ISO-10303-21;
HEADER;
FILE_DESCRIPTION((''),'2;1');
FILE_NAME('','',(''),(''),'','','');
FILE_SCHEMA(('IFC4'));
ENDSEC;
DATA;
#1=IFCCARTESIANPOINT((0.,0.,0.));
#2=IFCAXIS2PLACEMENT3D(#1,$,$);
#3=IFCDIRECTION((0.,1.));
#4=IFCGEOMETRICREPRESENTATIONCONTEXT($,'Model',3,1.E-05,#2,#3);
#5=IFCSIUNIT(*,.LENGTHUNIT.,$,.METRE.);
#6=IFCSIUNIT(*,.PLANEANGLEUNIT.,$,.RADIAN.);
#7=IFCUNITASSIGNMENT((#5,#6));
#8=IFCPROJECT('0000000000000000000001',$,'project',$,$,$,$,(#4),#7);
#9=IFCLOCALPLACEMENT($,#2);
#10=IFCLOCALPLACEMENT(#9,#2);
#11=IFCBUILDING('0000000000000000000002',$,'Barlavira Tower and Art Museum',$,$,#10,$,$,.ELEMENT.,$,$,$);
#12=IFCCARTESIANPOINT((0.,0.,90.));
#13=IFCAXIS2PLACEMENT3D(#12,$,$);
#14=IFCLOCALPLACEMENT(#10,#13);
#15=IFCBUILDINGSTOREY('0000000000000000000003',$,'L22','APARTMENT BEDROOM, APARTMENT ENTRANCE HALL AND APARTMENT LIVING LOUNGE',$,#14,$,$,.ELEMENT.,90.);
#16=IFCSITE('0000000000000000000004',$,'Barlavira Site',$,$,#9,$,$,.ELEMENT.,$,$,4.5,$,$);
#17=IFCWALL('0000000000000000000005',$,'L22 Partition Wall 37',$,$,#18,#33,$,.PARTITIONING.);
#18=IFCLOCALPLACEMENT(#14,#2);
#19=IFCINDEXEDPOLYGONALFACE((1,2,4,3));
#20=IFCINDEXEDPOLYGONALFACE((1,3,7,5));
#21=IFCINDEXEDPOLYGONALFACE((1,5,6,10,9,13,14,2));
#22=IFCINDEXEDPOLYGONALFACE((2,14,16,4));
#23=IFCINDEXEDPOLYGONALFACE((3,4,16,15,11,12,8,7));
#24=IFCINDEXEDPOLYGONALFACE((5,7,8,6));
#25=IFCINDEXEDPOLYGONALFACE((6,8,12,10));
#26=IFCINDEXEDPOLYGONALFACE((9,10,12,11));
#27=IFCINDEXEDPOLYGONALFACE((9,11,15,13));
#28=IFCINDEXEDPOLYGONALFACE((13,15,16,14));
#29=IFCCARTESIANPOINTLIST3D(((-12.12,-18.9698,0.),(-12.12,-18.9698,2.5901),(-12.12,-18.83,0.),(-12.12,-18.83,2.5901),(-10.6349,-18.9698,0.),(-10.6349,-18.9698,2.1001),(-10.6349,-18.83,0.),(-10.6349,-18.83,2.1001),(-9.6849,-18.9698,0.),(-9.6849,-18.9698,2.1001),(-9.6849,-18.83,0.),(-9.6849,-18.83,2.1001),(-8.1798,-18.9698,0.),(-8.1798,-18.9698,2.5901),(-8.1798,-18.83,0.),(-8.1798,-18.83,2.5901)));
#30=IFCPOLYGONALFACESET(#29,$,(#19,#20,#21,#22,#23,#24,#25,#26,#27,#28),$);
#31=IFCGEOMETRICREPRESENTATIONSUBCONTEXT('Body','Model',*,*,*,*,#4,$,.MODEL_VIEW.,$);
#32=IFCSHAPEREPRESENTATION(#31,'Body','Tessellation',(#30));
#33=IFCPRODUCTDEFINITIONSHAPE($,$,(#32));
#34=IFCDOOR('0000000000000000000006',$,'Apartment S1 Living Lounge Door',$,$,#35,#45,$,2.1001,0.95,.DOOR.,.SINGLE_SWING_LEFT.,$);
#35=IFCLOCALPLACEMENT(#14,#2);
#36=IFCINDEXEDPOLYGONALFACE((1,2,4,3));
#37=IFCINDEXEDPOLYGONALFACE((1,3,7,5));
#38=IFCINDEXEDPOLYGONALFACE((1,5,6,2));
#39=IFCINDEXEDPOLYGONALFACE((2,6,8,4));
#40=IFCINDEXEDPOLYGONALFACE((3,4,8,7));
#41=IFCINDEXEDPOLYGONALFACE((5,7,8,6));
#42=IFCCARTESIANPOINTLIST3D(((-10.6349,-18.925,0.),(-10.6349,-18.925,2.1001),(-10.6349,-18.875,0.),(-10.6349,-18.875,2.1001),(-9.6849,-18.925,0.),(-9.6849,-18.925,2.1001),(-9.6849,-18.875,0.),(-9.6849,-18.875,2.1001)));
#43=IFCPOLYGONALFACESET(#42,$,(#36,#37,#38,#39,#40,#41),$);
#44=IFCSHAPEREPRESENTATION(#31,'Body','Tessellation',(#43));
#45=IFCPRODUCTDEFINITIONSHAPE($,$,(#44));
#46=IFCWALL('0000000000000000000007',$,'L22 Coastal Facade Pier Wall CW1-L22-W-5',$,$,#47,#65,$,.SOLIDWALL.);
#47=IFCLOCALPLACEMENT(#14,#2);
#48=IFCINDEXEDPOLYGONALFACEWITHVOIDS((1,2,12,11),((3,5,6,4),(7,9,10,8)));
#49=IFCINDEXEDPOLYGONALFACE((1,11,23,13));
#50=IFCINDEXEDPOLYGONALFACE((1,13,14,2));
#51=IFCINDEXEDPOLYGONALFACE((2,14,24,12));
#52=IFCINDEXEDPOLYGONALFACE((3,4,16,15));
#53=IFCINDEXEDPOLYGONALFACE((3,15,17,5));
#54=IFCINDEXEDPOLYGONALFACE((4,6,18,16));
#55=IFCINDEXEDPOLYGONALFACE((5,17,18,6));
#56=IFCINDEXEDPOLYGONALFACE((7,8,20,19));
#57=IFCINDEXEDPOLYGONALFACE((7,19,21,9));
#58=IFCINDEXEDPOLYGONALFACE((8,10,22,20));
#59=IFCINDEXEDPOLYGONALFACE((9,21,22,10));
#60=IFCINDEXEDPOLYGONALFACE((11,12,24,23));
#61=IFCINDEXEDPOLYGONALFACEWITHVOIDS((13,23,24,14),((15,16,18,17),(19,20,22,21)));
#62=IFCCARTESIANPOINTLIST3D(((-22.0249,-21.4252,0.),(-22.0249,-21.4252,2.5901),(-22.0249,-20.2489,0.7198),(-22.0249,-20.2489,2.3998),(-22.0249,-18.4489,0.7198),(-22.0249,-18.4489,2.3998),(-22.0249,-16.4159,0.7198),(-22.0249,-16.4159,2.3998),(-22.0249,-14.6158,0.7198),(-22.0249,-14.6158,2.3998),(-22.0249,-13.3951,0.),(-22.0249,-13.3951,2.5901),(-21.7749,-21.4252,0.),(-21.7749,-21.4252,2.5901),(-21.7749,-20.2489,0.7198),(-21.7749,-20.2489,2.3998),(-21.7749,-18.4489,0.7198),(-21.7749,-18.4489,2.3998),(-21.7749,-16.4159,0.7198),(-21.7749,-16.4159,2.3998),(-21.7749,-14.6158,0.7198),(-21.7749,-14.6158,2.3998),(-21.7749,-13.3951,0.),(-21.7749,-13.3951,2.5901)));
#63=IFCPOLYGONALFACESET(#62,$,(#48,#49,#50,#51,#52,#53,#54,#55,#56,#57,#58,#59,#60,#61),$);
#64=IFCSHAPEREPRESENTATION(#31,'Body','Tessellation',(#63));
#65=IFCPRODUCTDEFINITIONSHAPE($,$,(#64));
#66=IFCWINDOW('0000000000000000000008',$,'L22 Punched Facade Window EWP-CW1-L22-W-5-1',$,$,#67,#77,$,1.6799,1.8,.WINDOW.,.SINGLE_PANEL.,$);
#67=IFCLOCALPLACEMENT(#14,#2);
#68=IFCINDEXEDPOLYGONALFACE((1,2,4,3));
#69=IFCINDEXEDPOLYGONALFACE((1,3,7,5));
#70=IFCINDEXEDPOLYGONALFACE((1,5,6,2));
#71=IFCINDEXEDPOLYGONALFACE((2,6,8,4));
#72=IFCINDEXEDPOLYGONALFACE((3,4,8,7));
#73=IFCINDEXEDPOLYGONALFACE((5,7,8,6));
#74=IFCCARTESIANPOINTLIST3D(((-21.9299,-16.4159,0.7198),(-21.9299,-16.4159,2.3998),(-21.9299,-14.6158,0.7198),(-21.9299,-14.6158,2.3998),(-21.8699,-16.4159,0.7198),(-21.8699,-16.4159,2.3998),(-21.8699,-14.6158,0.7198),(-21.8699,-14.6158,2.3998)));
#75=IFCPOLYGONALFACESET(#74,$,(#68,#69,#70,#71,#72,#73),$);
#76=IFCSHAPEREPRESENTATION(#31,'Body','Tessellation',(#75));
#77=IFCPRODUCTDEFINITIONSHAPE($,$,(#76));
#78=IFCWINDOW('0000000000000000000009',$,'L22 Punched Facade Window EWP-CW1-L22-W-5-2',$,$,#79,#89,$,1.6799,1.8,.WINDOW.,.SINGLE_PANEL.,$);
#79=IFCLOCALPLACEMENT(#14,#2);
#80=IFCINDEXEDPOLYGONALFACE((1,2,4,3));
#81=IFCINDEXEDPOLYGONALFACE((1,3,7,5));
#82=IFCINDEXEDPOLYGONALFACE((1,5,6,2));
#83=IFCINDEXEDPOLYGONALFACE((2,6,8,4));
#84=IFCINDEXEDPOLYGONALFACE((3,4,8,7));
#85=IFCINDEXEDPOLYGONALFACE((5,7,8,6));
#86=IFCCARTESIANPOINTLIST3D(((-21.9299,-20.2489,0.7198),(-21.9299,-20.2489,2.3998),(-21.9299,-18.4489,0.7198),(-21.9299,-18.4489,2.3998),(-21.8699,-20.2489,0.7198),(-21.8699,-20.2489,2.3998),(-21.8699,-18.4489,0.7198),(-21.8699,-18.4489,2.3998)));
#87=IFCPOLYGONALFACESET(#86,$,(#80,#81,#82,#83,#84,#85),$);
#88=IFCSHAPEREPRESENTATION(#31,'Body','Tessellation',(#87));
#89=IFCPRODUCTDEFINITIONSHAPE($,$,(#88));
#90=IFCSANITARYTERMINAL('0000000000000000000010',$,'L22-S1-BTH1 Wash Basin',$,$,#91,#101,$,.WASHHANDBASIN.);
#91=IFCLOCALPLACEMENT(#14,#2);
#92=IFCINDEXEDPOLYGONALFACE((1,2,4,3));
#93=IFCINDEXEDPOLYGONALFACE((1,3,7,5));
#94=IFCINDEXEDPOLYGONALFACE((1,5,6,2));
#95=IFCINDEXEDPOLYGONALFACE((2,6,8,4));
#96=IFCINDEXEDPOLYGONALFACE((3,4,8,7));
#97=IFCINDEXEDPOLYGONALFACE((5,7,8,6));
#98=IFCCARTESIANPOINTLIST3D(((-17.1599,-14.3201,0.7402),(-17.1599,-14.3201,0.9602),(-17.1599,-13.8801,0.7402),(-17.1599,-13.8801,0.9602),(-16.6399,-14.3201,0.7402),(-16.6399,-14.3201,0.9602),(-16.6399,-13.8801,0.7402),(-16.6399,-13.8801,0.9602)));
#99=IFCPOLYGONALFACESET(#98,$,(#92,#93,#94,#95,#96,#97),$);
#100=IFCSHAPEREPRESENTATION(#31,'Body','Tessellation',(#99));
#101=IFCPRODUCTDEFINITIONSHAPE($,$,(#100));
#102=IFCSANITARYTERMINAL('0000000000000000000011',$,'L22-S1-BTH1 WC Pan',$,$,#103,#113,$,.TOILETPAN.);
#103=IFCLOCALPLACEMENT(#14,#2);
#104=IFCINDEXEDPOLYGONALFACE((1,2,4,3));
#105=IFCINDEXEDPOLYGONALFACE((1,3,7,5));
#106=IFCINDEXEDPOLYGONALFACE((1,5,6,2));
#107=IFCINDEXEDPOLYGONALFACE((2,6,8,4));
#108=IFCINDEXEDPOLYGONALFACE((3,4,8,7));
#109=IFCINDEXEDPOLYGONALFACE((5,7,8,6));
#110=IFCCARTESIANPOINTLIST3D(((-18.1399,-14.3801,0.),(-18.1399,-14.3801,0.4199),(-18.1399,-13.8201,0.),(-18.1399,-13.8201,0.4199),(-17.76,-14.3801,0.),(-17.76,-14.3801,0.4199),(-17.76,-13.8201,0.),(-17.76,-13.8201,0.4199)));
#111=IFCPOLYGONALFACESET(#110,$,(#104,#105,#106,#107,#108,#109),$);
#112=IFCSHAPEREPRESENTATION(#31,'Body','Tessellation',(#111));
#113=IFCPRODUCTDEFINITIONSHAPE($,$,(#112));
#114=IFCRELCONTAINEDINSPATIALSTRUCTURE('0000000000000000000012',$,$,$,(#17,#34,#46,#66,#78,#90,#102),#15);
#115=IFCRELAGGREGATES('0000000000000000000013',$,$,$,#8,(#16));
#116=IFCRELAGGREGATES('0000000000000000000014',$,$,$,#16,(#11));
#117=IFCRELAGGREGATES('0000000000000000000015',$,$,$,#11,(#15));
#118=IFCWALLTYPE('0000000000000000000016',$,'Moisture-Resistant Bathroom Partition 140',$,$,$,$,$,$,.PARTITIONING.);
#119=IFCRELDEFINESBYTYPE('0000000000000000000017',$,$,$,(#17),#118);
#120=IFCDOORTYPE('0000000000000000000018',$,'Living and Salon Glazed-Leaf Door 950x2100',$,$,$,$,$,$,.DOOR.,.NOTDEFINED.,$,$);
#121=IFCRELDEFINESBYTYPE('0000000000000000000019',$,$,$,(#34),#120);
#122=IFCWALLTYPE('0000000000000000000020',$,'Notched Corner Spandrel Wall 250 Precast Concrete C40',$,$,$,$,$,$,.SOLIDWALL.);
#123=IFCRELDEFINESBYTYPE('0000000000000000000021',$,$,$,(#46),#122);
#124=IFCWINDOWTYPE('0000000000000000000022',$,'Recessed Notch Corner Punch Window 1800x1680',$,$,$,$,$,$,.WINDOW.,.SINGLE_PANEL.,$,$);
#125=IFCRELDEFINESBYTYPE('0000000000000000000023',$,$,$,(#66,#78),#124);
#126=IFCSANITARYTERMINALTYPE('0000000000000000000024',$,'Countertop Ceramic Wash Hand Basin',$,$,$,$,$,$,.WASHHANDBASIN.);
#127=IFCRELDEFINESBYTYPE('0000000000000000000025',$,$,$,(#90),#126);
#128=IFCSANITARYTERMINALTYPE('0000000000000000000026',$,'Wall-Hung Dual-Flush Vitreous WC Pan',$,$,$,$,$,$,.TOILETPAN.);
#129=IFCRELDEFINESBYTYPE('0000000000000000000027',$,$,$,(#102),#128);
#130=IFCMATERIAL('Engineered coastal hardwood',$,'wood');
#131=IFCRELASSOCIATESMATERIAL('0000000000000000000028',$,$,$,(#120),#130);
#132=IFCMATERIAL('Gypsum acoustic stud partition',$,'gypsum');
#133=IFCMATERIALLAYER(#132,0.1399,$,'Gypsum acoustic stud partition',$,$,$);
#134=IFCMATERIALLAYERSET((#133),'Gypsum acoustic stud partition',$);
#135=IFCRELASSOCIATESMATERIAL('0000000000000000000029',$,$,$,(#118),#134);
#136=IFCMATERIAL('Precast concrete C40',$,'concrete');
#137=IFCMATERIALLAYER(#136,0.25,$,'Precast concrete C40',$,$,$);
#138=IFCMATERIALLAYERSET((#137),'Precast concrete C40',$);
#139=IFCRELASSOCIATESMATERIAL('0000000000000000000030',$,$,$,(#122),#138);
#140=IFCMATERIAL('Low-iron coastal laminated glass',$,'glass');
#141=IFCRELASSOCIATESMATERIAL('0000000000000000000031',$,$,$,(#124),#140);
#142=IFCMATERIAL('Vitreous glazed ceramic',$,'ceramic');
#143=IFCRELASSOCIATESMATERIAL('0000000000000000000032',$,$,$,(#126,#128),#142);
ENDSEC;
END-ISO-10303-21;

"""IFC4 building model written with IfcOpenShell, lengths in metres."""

from ifc_helpers import new_model, si_unit, direction, frame, frame_2d, origin, origin_2d, place, context, subcontext, project, spatial, rectangle, extrude, material, layer, layer_set, type_object, element, fill, save


model = new_model("IFC4")

# Units and contexts
model_context = context("Model", 3, precision=1e-05, world=origin(), true_north=direction((0.0, 1.0)))
body_context = subcontext(model_context, "Body", "Model", "MODEL_VIEW")
ifc_project = project(units=[si_unit("LENGTHUNIT", "METRE"), si_unit("PLANEANGLEUNIT", "RADIAN")], contexts=[model_context])

# Site, building, storey
site_placement = place(None, origin())
site = spatial("IfcSite", under=ifc_project, at=site_placement, Name="Barlavira Site", CompositionType="ELEMENT", RefElevation=4.5)
building_placement = place(site_placement, origin())
building = spatial("IfcBuilding", under=site, at=building_placement, Name="Barlavira Tower and Art Museum", CompositionType="ELEMENT")
storey_placement = place(building_placement, frame((0.0, 0.0, 90.0)))
storey = spatial("IfcBuildingStorey", under=building, at=storey_placement, Name="L22", Description="APARTMENT BEDROOM, APARTMENT ENTRANCE HALL AND APARTMENT LIVING LOUNGE", CompositionType="ELEMENT", Elevation=90.0)

# Shared definitions
ifc_material_1 = material(Name="Gypsum acoustic stud partition", Category="gypsum")
ifc_material_2 = material(Name="Engineered coastal hardwood", Category="wood")
door_type = type_object("IfcDoorType", Name="Living and Salon Glazed-Leaf Door 950x2100", OperationType="NOTDEFINED", PredefinedType="DOOR", material=ifc_material_2)

# Shared definitions
ifc_layer_1 = layer(ifc_material_1, 0.1399, Name="Gypsum acoustic stud partition")
ifc_layer_set_1 = layer_set([ifc_layer_1], Name="Gypsum acoustic stud partition")
wall_type_1 = type_object("IfcWallType", Name="Moisture-Resistant Bathroom Partition 140", PredefinedType="PARTITIONING", material=ifc_layer_set_1)

# Wall, opening, door
wall_1_placement = place(storey_placement, frame((-12.1201, -18.8999, 0.0), z_axis=(0.0, 0.0, 1.0), x_axis=(1.0, 0.0, 0.0)))
wall_1 = element("IfcWall", 1, at=wall_1_placement, inside=storey, type_object=wall_type_1, Name="L22 Partition Wall 37", PredefinedType="PARTITIONING", context=body_context, shape_type="SweptSolid", body=[
    extrude(rectangle(XDim=3.9402, YDim=0.1399, at=frame_2d((1.9702, 0.0))), origin(), (0.0, 0.0, 1.0), 2.5901),
])
opening_1_placement = place(wall_1_placement, frame((1.4851, 0.0, 0.0)))
opening_1 = element("IfcOpeningElement", 2, at=opening_1_placement, cuts=wall_1, PredefinedType="OPENING", context=body_context, shape_type="SweptSolid", body=[
    extrude(rectangle(XDim=0.95, YDim=2.1001, at=frame_2d((0.4751, 1.05))), frame((0.0, 0.0801, 0.0), z_axis=(0.0, -1.0, 0.0), x_axis=(1.0, 0.0, 0.0)), (0.0, 0.0, 1.0), 0.1599),
])
door_1_placement = place(opening_1_placement, origin())
door_1 = element("IfcDoor", 3, at=door_1_placement, inside=storey, type_object=door_type, Name="Apartment S1 Living Lounge Door", OperationType="SINGLE_SWING_LEFT", OverallHeight=2.1001, OverallWidth=0.95, PredefinedType="DOOR", context=body_context, shape_type="SweptSolid", body=[
    extrude(rectangle(XDim=0.95, YDim=2.1001, at=frame_2d((0.4751, 1.05))), frame((0.0, 0.0249, 0.0), z_axis=(0.0, -1.0, 0.0), x_axis=(1.0, 0.0, 0.0)), (0.0, 0.0, 1.0), 0.05),
])
fill(opening_1, door_1)

# Wall, openings, windows
ifc_material_3 = material(Name="Precast concrete C40", Category="concrete")
ifc_layer_2 = layer(ifc_material_3, 0.25, Name="Precast concrete C40")
ifc_layer_set_2 = layer_set([ifc_layer_2], Name="Precast concrete C40")
wall_type_2 = type_object("IfcWallType", Name="Notched Corner Spandrel Wall 250 Precast Concrete C40", PredefinedType="SOLIDWALL", material=ifc_layer_set_2)
wall_2_placement = place(storey_placement, frame((-21.8999, -13.395, 0.0), z_axis=(0.0, 0.0, 1.0), x_axis=(0.0, -1.0, 0.0)))
wall_2 = element("IfcWall", 4, at=wall_2_placement, inside=storey, type_object=wall_type_2, Name="L22 Coastal Facade Pier Wall CW1-L22-W-5", PredefinedType="SOLIDWALL", context=body_context, shape_type="SweptSolid", body=[
    extrude(rectangle(XDim=8.03, YDim=0.25, at=frame_2d((4.0151, 0.0))), origin(), (0.0, 0.0, 1.0), 2.5901),
])
opening_2_placement = place(wall_2_placement, frame((1.2209, 0.0, 0.72)))
opening_2 = element("IfcOpeningElement", 5, at=opening_2_placement, cuts=wall_2, PredefinedType="OPENING", context=body_context, shape_type="SweptSolid", body=[
    extrude(rectangle(XDim=1.8, YDim=1.6799, at=frame_2d((0.8999, 0.8398))), frame((0.0, 0.135, 0.0), z_axis=(0.0, -1.0, 0.0), x_axis=(1.0, 0.0, 0.0)), (0.0, 0.0, 1.0), 0.27),
])
opening_3_placement = place(wall_2_placement, frame((5.054, 0.0, 0.72)))
opening_3 = element("IfcOpeningElement", 6, at=opening_3_placement, cuts=wall_2, PredefinedType="OPENING", context=body_context, shape_type="SweptSolid", body=[
    extrude(rectangle(XDim=1.8, YDim=1.6799, at=frame_2d((0.8999, 0.8398))), frame((0.0, 0.135, 0.0), z_axis=(0.0, -1.0, 0.0), x_axis=(1.0, 0.0, 0.0)), (0.0, 0.0, 1.0), 0.27),
])
ifc_material_4 = material(Name="Low-iron coastal laminated glass", Category="glass")
window_type = type_object("IfcWindowType", Name="Recessed Notch Corner Punch Window 1800x1680", PartitioningType="SINGLE_PANEL", PredefinedType="WINDOW", material=ifc_material_4)
window_1_placement = place(opening_2_placement, origin())
window_1 = element("IfcWindow", 7, at=window_1_placement, inside=storey, type_object=window_type, Name="L22 Punched Facade Window EWP-CW1-L22-W-5-1", OverallHeight=1.6799, OverallWidth=1.8, PartitioningType="SINGLE_PANEL", PredefinedType="WINDOW", context=body_context, shape_type="SweptSolid", body=[
    extrude(rectangle(XDim=1.8, YDim=1.6799, at=frame_2d((0.8999, 0.8398))), frame((0.0, 0.03, 0.0), z_axis=(0.0, -1.0, 0.0), x_axis=(1.0, 0.0, 0.0)), (0.0, 0.0, 1.0), 0.0601),
])
fill(opening_2, window_1)
window_2_placement = place(opening_3_placement, origin())
window_2 = element("IfcWindow", 8, at=window_2_placement, inside=storey, type_object=window_type, Name="L22 Punched Facade Window EWP-CW1-L22-W-5-2", OverallHeight=1.6799, OverallWidth=1.8, PartitioningType="SINGLE_PANEL", PredefinedType="WINDOW", context=body_context, shape_type="SweptSolid", body=[
    extrude(rectangle(XDim=1.8, YDim=1.6799, at=frame_2d((0.8999, 0.8398))), frame((0.0, 0.03, 0.0), z_axis=(0.0, -1.0, 0.0), x_axis=(1.0, 0.0, 0.0)), (0.0, 0.0, 1.0), 0.0601),
])
fill(opening_3, window_2)

# Sanitary terminals
ifc_material_5 = material(Name="Vitreous glazed ceramic", Category="ceramic")
sanitary_terminal_type_1 = type_object("IfcSanitaryTerminalType", Name="Countertop Ceramic Wash Hand Basin", PredefinedType="WASHHANDBASIN", material=ifc_material_5)
sanitary_terminal_1_placement = place(storey_placement, frame((-16.8999, -14.1001, 0.7402), z_axis=(0.0, 0.0, 1.0), x_axis=(1.0, 0.0, 0.0)))
element("IfcSanitaryTerminal", 9, at=sanitary_terminal_1_placement, inside=storey, type_object=sanitary_terminal_type_1, Name="L22-S1-BTH1 Wash Basin", PredefinedType="WASHHANDBASIN", context=body_context, shape_type="SweptSolid", body=[
    extrude(rectangle(XDim=0.52, YDim=0.4399, at=origin_2d()), origin(), (0.0, 0.0, 1.0), 0.22),
])
sanitary_terminal_type_2 = type_object("IfcSanitaryTerminalType", Name="Wall-Hung Dual-Flush Vitreous WC Pan", PredefinedType="TOILETPAN", material=ifc_material_5)
sanitary_terminal_2_placement = place(storey_placement, frame((-17.95, -14.1001, 0.0), z_axis=(0.0, 0.0, 1.0), x_axis=(1.0, 0.0, 0.0)))
element("IfcSanitaryTerminal", 10, at=sanitary_terminal_2_placement, inside=storey, type_object=sanitary_terminal_type_2, Name="L22-S1-BTH1 WC Pan", PredefinedType="TOILETPAN", context=body_context, shape_type="SweptSolid", body=[
    extrude(rectangle(XDim=0.3799, YDim=0.5601, at=origin_2d()), origin(), (0.0, 0.0, 1.0), 0.4199),
])

save(model, "model.ifc")
